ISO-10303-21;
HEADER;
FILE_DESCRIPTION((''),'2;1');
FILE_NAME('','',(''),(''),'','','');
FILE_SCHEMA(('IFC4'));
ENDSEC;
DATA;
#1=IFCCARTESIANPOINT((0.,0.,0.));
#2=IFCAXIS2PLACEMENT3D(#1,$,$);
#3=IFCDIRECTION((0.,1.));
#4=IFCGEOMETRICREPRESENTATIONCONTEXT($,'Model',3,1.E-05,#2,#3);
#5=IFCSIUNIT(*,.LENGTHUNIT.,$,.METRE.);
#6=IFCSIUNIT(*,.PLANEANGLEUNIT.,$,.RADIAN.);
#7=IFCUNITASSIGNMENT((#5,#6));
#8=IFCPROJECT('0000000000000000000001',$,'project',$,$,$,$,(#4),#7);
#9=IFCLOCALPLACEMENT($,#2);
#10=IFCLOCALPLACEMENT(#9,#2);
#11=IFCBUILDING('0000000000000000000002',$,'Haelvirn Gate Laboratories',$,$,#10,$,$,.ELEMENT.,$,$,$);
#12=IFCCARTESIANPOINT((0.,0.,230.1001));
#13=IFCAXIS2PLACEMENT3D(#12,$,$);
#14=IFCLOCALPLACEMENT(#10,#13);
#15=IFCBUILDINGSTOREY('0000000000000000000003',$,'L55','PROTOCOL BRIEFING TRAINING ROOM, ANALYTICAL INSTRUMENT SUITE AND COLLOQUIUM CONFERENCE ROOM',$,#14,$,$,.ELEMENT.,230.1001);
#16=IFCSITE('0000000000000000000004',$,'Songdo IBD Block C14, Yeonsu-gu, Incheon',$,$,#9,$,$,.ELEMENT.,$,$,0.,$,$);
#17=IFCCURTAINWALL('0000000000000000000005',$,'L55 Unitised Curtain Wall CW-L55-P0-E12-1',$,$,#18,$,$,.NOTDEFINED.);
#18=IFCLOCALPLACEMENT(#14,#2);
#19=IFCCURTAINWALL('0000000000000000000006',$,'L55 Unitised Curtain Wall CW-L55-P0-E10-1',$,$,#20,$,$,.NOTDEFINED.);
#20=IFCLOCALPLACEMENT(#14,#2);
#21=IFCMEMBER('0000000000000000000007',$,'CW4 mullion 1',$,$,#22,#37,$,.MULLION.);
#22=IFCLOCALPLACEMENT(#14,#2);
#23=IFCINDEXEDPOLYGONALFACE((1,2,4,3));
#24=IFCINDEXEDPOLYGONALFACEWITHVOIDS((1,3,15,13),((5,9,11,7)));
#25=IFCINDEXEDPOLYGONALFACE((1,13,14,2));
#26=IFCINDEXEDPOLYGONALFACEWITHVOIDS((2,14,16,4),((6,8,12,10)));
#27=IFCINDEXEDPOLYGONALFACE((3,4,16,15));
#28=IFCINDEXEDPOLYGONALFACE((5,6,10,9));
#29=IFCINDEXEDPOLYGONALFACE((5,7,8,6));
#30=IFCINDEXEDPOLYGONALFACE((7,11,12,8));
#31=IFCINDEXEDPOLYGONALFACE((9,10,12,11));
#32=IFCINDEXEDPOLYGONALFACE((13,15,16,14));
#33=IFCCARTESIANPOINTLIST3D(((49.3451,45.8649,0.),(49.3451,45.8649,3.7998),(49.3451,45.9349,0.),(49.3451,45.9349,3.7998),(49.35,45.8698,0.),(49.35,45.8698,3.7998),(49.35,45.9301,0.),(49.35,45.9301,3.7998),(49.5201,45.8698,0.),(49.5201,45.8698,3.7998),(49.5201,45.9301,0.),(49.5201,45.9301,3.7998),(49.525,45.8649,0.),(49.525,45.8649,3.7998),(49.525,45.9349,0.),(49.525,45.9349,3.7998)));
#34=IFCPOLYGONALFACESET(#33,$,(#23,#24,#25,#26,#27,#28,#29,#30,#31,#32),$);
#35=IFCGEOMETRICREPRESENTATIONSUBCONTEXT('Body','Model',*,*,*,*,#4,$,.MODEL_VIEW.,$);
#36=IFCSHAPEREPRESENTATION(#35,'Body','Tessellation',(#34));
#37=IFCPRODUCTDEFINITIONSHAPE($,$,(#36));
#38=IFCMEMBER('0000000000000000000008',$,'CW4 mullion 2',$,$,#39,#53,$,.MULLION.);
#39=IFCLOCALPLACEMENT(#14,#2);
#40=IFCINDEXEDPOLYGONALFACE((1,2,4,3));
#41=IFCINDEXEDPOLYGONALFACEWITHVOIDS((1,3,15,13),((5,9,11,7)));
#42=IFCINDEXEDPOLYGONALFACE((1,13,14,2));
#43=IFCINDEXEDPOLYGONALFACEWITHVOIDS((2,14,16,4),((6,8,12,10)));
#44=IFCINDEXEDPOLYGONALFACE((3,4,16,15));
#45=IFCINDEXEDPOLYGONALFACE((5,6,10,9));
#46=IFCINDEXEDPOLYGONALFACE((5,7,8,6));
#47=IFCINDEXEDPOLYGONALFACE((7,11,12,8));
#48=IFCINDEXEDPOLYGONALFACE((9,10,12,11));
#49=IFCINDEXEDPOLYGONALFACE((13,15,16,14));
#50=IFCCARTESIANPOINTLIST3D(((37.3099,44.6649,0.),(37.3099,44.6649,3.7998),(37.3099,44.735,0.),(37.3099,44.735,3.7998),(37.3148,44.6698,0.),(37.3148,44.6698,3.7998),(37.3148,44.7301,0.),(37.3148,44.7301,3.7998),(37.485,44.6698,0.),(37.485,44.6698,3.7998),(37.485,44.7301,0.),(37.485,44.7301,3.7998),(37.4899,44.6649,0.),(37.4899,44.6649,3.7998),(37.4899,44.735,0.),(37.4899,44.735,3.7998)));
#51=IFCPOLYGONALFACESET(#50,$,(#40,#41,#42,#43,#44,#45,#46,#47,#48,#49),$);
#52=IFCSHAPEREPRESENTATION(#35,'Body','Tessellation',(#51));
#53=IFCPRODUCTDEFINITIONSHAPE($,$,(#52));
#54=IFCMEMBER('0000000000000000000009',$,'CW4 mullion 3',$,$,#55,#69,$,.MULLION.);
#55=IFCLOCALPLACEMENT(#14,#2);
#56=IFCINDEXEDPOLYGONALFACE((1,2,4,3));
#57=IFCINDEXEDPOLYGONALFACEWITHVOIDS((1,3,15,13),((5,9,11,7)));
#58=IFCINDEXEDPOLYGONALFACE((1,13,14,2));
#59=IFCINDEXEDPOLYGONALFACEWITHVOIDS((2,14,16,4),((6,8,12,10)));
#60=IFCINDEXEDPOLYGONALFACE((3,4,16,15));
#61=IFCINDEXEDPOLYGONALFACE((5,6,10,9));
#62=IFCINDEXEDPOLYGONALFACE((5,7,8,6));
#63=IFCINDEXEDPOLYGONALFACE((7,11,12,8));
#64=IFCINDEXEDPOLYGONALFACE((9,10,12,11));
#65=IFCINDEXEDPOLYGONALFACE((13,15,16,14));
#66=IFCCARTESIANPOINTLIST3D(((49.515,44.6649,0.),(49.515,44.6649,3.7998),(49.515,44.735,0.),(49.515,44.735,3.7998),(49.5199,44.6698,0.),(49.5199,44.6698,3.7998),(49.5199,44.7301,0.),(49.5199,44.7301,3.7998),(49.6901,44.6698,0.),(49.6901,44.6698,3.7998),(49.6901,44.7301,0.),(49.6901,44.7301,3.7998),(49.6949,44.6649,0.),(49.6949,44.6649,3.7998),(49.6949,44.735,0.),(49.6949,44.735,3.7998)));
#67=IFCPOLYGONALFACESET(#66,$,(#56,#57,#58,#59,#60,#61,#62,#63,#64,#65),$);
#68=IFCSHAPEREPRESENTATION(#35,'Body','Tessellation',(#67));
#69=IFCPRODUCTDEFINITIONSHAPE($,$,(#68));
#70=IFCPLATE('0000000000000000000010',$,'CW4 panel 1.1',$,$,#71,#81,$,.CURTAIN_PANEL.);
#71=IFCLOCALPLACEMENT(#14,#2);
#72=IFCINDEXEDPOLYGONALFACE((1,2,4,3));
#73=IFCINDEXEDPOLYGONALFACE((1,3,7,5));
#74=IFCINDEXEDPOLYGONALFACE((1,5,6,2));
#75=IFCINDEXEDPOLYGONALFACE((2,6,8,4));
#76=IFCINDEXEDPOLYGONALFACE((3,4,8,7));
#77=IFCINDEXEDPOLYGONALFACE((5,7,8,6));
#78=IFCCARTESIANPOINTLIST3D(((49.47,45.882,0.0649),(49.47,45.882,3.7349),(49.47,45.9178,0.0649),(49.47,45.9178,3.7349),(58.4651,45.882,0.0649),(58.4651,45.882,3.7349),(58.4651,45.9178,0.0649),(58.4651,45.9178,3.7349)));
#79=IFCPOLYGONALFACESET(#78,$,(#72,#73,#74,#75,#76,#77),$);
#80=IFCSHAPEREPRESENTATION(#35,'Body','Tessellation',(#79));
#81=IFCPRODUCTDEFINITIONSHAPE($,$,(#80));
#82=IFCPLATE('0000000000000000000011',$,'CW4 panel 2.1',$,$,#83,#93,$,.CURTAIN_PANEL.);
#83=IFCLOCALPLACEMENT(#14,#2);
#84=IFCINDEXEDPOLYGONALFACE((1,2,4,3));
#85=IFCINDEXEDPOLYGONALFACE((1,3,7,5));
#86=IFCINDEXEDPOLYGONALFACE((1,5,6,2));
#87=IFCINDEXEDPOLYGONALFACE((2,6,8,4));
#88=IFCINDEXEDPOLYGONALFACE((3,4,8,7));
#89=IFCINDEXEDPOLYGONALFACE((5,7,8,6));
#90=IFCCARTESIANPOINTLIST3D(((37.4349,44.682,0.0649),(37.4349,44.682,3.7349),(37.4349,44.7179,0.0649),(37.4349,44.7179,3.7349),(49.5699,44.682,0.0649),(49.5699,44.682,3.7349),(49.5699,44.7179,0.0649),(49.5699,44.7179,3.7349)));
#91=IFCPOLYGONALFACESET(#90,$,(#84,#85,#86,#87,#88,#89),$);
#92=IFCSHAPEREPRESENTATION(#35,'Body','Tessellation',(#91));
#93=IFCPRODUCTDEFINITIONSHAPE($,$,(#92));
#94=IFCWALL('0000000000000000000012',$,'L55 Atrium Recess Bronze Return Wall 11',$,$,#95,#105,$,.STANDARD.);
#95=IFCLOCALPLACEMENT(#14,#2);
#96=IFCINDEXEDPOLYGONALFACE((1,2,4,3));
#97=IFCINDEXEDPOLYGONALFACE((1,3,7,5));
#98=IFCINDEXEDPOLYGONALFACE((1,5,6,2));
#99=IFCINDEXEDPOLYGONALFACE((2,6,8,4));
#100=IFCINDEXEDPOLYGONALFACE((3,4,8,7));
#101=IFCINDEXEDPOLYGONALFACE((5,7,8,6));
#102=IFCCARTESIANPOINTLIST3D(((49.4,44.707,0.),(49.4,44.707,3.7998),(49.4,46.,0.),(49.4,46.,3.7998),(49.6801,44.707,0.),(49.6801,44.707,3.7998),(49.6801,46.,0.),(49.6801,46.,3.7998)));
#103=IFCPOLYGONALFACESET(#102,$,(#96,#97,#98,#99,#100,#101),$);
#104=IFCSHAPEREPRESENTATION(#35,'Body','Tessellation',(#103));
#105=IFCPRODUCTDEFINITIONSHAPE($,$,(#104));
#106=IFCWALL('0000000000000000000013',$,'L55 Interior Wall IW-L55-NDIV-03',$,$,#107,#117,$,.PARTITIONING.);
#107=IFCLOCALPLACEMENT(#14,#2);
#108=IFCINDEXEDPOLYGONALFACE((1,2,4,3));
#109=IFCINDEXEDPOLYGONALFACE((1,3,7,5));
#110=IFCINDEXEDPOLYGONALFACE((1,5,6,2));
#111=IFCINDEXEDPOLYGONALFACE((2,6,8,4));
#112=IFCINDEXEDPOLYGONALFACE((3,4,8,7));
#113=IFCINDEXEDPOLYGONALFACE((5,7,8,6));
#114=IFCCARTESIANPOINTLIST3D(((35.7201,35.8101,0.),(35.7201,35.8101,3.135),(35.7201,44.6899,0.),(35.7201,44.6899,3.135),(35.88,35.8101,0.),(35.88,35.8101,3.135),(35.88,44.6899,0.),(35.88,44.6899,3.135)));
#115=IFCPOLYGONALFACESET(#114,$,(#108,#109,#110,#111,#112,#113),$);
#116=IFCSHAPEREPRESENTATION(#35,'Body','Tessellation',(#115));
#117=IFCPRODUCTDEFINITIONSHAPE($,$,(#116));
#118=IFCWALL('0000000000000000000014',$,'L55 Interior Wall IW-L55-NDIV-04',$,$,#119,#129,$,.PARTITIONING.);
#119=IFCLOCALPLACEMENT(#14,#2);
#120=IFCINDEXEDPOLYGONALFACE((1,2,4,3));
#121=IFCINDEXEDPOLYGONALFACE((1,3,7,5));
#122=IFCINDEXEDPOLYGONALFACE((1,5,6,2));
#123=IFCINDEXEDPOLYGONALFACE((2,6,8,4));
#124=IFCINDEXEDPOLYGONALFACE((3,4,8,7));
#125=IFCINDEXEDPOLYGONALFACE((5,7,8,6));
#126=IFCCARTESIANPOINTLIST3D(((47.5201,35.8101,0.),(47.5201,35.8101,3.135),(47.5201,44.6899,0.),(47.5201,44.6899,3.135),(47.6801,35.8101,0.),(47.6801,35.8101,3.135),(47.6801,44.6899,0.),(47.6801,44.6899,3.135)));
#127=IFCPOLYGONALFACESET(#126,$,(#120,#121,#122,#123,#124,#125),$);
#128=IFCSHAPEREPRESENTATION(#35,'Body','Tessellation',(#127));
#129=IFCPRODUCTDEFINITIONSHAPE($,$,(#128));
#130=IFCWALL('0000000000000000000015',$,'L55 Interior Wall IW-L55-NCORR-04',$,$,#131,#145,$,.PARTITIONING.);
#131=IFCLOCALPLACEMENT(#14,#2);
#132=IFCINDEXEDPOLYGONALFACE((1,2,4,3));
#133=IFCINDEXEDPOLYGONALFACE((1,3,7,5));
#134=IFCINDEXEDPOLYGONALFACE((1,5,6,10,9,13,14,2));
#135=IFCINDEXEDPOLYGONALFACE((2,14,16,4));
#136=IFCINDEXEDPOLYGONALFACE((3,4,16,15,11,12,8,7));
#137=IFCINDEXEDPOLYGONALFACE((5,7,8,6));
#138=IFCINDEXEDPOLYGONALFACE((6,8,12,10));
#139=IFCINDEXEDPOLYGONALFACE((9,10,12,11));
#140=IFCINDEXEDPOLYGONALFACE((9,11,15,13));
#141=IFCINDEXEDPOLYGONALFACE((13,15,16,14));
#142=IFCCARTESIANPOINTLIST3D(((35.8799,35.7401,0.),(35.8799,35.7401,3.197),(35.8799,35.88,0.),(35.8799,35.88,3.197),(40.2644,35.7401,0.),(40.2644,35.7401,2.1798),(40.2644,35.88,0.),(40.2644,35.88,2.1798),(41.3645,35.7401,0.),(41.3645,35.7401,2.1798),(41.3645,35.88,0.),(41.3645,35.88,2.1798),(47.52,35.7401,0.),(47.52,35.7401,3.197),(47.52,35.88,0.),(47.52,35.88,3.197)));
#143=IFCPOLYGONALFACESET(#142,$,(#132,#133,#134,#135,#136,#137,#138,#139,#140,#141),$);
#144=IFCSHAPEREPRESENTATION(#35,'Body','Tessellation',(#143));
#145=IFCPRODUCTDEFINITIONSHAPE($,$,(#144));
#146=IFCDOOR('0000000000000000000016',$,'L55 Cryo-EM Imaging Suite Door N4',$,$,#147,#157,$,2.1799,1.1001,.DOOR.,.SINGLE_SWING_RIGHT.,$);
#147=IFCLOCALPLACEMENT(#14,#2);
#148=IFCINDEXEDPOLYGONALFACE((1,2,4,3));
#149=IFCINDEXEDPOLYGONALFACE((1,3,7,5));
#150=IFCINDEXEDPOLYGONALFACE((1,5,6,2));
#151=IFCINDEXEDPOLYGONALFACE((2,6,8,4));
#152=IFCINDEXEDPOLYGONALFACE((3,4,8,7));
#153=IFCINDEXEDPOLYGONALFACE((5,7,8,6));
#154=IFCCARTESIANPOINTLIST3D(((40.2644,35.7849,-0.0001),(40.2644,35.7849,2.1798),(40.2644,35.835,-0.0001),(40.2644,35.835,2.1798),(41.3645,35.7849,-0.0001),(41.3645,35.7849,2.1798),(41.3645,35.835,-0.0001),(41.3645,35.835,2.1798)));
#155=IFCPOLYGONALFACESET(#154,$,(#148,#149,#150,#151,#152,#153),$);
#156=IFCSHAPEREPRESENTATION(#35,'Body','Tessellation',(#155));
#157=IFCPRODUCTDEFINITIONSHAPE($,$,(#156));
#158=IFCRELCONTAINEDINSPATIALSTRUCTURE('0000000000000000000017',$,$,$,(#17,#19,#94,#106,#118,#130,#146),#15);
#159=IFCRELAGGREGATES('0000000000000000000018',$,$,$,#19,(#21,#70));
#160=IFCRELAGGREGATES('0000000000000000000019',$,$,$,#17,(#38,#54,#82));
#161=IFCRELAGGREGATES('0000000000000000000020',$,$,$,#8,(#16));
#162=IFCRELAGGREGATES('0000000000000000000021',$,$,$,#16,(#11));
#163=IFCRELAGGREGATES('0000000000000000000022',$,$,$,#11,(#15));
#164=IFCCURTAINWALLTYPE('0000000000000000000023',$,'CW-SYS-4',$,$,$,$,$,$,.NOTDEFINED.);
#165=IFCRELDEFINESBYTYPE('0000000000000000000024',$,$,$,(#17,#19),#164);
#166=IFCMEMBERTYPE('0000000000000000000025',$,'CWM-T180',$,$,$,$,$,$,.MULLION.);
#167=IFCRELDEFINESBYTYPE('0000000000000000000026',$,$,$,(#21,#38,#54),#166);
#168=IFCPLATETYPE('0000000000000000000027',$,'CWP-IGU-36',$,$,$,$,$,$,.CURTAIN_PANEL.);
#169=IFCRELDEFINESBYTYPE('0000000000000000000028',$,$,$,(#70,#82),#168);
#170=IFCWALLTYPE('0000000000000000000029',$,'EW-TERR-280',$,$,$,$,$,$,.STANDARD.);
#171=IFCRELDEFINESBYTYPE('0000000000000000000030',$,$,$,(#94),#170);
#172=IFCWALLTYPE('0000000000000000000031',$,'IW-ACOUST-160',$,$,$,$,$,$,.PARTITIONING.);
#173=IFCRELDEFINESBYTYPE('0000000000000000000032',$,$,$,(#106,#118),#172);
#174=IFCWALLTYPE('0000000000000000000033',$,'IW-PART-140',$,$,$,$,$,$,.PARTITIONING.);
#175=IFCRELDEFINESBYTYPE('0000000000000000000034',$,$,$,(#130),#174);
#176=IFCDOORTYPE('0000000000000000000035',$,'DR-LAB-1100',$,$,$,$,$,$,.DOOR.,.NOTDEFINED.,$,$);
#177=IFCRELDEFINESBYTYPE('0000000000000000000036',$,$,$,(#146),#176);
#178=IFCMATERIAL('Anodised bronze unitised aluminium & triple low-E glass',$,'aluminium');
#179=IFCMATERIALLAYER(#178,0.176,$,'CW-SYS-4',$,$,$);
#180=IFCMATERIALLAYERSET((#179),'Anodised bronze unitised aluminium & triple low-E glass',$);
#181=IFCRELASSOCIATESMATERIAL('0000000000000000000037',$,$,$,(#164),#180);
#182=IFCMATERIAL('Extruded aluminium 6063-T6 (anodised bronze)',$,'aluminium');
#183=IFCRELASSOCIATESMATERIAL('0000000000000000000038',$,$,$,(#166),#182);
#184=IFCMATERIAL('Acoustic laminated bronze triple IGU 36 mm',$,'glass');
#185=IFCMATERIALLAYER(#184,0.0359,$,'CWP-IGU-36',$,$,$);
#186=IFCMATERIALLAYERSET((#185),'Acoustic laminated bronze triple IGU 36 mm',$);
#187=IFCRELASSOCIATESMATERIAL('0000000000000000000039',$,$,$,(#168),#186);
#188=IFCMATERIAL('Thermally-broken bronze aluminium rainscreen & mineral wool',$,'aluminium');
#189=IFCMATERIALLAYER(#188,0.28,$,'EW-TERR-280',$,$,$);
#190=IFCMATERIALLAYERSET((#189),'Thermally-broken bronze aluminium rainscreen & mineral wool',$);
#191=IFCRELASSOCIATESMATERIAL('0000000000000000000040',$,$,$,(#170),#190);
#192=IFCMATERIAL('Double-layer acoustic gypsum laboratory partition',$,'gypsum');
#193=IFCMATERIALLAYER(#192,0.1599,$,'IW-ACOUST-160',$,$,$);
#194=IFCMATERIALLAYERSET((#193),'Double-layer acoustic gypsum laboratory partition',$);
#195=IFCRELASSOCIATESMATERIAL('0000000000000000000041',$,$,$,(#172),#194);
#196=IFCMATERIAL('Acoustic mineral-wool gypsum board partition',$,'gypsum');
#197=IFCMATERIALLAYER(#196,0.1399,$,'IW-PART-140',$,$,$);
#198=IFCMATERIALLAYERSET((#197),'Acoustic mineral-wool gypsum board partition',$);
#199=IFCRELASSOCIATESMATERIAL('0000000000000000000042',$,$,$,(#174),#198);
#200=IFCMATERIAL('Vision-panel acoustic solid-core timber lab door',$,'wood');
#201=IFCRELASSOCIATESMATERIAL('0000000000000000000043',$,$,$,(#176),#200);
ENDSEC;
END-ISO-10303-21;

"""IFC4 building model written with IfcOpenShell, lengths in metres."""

from ifc_helpers import new_model, si_unit, direction, frame, frame_2d, origin, origin_2d, place, context, subcontext, project, spatial, rectangle, hollow_rectangle, extrude, source, transform, mapped, material, layer, layer_set, material_profile, profile_set, type_object, type_shapes, element, fill, aggregate, save


model = new_model("IFC4")

# Units and contexts
model_context = context("Model", 3, precision=1e-05, world=origin(), true_north=direction((0.0, 1.0)))
body_context = subcontext(model_context, "Body", "Model", "MODEL_VIEW")
ifc_project = project(units=[si_unit("LENGTHUNIT", "METRE"), si_unit("PLANEANGLEUNIT", "RADIAN")], contexts=[model_context])

# Site, building, storey
site_placement = place(None, origin())
site = spatial("IfcSite", under=ifc_project, at=site_placement, Name="Songdo IBD Block C14, Yeonsu-gu, Incheon", CompositionType="ELEMENT", RefElevation=0.0)
building_placement = place(site_placement, origin())
building = spatial("IfcBuilding", under=site, at=building_placement, Name="Haelvirn Gate Laboratories", CompositionType="ELEMENT")
storey_placement = place(building_placement, frame((0.0, 0.0, 230.1001)))
storey = spatial("IfcBuildingStorey", under=building, at=storey_placement, Name="L55", Description="PROTOCOL BRIEFING TRAINING ROOM, ANALYTICAL INSTRUMENT SUITE AND COLLOQUIUM CONFERENCE ROOM", CompositionType="ELEMENT", Elevation=230.1001)

# Curtain walls, member
ifc_material_1 = material(Name="Anodised bronze unitised aluminium & triple low-E glass", Category="aluminium")
ifc_layer_1 = layer(ifc_material_1, 0.176, Name="CW-SYS-4")
ifc_layer_set_1 = layer_set([ifc_layer_1], Name="Anodised bronze unitised aluminium & triple low-E glass")
curtain_wall_type = type_object("IfcCurtainWallType", Name="CW-SYS-4", PredefinedType="NOTDEFINED", material=ifc_layer_set_1)
curtain_wall_1_placement = place(storey_placement, origin())
curtain_wall_1 = element("IfcCurtainWall", 1, at=curtain_wall_1_placement, inside=storey, type_object=curtain_wall_type, Name="L55 Unitised Curtain Wall CW-L55-P0-E12-1", PredefinedType="NOTDEFINED")
ifc_material_2 = material(Name="Extruded aluminium 6063-T6 (anodised bronze)", Category="aluminium")
curtain_wall_2_placement = place(storey_placement, origin())
curtain_wall_2 = element("IfcCurtainWall", 2, at=curtain_wall_2_placement, inside=storey, type_object=curtain_wall_type, Name="L55 Unitised Curtain Wall CW-L55-P0-E10-1", PredefinedType="NOTDEFINED")
ifc_material_profile_1 = material_profile(ifc_material_2, hollow_rectangle(XDim=0.0701, YDim=0.1799, WallThickness=0.0049, at=origin_2d()), Name="CWM-180x70x5")
ifc_profile_set_1 = profile_set([ifc_material_profile_1], Name="Extruded aluminium 6063-T6 (anodised bronze)")
member_type_1 = type_object("IfcMemberType", Name="CWM-T180", PredefinedType="MULLION", material=ifc_profile_set_1)
shared_shape_1 = source(origin(), body_context, "Body", "SweptSolid", [
    extrude(hollow_rectangle(XDim=0.0701, YDim=0.1799, WallThickness=0.0049, at=origin_2d()), origin(), (0.0, 0.0, 1.0), 3.7998),
])
type_shapes(member_type_1, [shared_shape_1])
member_1_placement = place(storey_placement, frame((49.4351, 45.8999, 0.0), z_axis=(0.0, 0.0, 1.0), x_axis=(0.0, 1.0, 0.0)))
member_1 = element("IfcMember", 3, at=member_1_placement, type_object=member_type_1, Name="CW4 mullion 1", PredefinedType="MULLION", context=body_context, shape_type="MappedRepresentation", body=[
    mapped(shared_shape_1, transform((0.0, 0.0, 0.0), scale=1.0)),
])

# Members
member_2_placement = place(storey_placement, frame((37.3999, 44.7, 0.0), z_axis=(0.0, 0.0, 1.0), x_axis=(0.0, 1.0, 0.0)))
member_2 = element("IfcMember", 4, at=member_2_placement, type_object=member_type_1, Name="CW4 mullion 2", PredefinedType="MULLION", context=body_context, shape_type="MappedRepresentation", body=[
    mapped(shared_shape_1, transform((0.0, 0.0, 0.0), scale=1.0)),
])
member_3_placement = place(storey_placement, frame((49.605, 44.7, 0.0), z_axis=(0.0, 0.0, 1.0), x_axis=(0.0, 1.0, 0.0)))
member_3 = element("IfcMember", 5, at=member_3_placement, type_object=member_type_1, Name="CW4 mullion 3", PredefinedType="MULLION", context=body_context, shape_type="MappedRepresentation", body=[
    mapped(shared_shape_1, transform((0.0, 0.0, 0.0), scale=1.0)),
])

# Plates
ifc_material_3 = material(Name="Acoustic laminated bronze triple IGU 36 mm", Category="glass")
ifc_layer_2 = layer(ifc_material_3, 0.0359, Name="CWP-IGU-36")
ifc_layer_set_2 = layer_set([ifc_layer_2], Name="Acoustic laminated bronze triple IGU 36 mm")
plate_type = type_object("IfcPlateType", Name="CWP-IGU-36", PredefinedType="CURTAIN_PANEL", material=ifc_layer_set_2)
shared_shape_2 = source(origin(), body_context, "Body", "SweptSolid", [
    extrude(rectangle(XDim=8.9951, YDim=0.0359, at=origin_2d()), origin(), (0.0, 0.0, 1.0), 3.6699),
])
plate_1_placement = place(storey_placement, frame((53.9675, 45.8999, 0.0649), z_axis=(0.0, 0.0, 1.0), x_axis=(1.0, 0.0, 0.0)))
plate_1 = element("IfcPlate", 6, at=plate_1_placement, type_object=plate_type, Name="CW4 panel 1.1", PredefinedType="CURTAIN_PANEL", context=body_context, shape_type="MappedRepresentation", body=[
    mapped(shared_shape_2, transform((0.0, 0.0, 0.0), scale=1.0)),
])
aggregate(curtain_wall_2, [member_1, plate_1])
shared_shape_3 = source(origin(), body_context, "Body", "SweptSolid", [
    extrude(rectangle(XDim=12.135, YDim=0.0359, at=origin_2d()), origin(), (0.0, 0.0, 1.0), 3.6699),
])
type_shapes(plate_type, [shared_shape_2, shared_shape_3])
plate_2_placement = place(storey_placement, frame((43.5024, 44.7, 0.0649), z_axis=(0.0, 0.0, 1.0), x_axis=(1.0, 0.0, 0.0)))
plate_2 = element("IfcPlate", 7, at=plate_2_placement, type_object=plate_type, Name="CW4 panel 2.1", PredefinedType="CURTAIN_PANEL", context=body_context, shape_type="MappedRepresentation", body=[
    mapped(shared_shape_3, transform((0.0, 0.0, 0.0), scale=1.0)),
])
aggregate(curtain_wall_1, [member_2, member_3, plate_2])

# Walls
ifc_material_4 = material(Name="Thermally-broken bronze aluminium rainscreen & mineral wool", Category="aluminium")
ifc_layer_3 = layer(ifc_material_4, 0.28, Name="EW-TERR-280")
ifc_layer_set_3 = layer_set([ifc_layer_3], Name="Thermally-broken bronze aluminium rainscreen & mineral wool")
wall_type_1 = type_object("IfcWallType", Name="EW-TERR-280", PredefinedType="STANDARD", material=ifc_layer_set_3)
wall_1_placement = place(storey_placement, frame((49.54, 46.0, 0.0), z_axis=(0.0, 0.0, 1.0), x_axis=(0.0, -1.0, 0.0)))
element("IfcWall", 8, at=wall_1_placement, inside=storey, type_object=wall_type_1, Name="L55 Atrium Recess Bronze Return Wall 11", PredefinedType="STANDARD", context=body_context, shape_type="SweptSolid", body=[
    extrude(rectangle(XDim=1.293, YDim=0.28, at=frame_2d((0.6465, 0.0))), origin(), (0.0, 0.0, 1.0), 3.7998),
])
ifc_material_5 = material(Name="Double-layer acoustic gypsum laboratory partition", Category="gypsum")
ifc_layer_4 = layer(ifc_material_5, 0.1599, Name="IW-ACOUST-160")
ifc_layer_set_4 = layer_set([ifc_layer_4], Name="Double-layer acoustic gypsum laboratory partition")
wall_type_2 = type_object("IfcWallType", Name="IW-ACOUST-160", PredefinedType="PARTITIONING", material=ifc_layer_set_4)
for number, where, z_axis, x_axis, name in (
    (9, (35.8, 35.8101, 0.0), (0.0, 0.0, 1.0), (0.0, 1.0, 0.0), "L55 Interior Wall IW-L55-NDIV-03"),
    (10, (47.6001, 35.8101, 0.0), (0.0, 0.0, 1.0), (0.0, 1.0, 0.0), "L55 Interior Wall IW-L55-NDIV-04"),
):
    element("IfcWall", number, at=place(storey_placement, frame(where, z_axis=z_axis, x_axis=x_axis)), inside=storey, type_object=wall_type_2, Name=name, PredefinedType="PARTITIONING", context=body_context, shape_type="SweptSolid", body=[
        extrude(rectangle(XDim=8.8799, YDim=0.1599, at=frame_2d((4.4399, 0.0))), origin(), (0.0, 0.0, 1.0), 3.135),
    ])

# Wall, opening, door
ifc_material_6 = material(Name="Acoustic mineral-wool gypsum board partition", Category="gypsum")
ifc_layer_5 = layer(ifc_material_6, 0.1399, Name="IW-PART-140")
ifc_layer_set_5 = layer_set([ifc_layer_5], Name="Acoustic mineral-wool gypsum board partition")
wall_type_3 = type_object("IfcWallType", Name="IW-PART-140", PredefinedType="PARTITIONING", material=ifc_layer_set_5)
wall_2_placement = place(storey_placement, frame((35.8799, 35.8101, 0.0), z_axis=(0.0, 0.0, 1.0), x_axis=(1.0, 0.0, 0.0)))
wall_2 = element("IfcWall", 11, at=wall_2_placement, inside=storey, type_object=wall_type_3, Name="L55 Interior Wall IW-L55-NCORR-04", PredefinedType="PARTITIONING", context=body_context, shape_type="SweptSolid", body=[
    extrude(rectangle(XDim=11.6401, YDim=0.1399, at=frame_2d((5.8201, 0.0))), origin(), (0.0, 0.0, 1.0), 3.197),
])
opening_1_placement = place(wall_2_placement, frame((4.3845, 0.0, 0.0)))
opening_1 = element("IfcOpeningElement", 12, at=opening_1_placement, cuts=wall_2, PredefinedType="OPENING", context=body_context, shape_type="SweptSolid", body=[
    extrude(rectangle(XDim=1.1001, YDim=2.1799, at=frame_2d((0.55, 1.0898))), frame((0.0, 0.0801, 0.0), z_axis=(0.0, -1.0, 0.0), x_axis=(1.0, 0.0, 0.0)), (0.0, 0.0, 1.0), 0.1599),
])
ifc_material_7 = material(Name="Vision-panel acoustic solid-core timber lab door", Category="wood")
door_type = type_object("IfcDoorType", Name="DR-LAB-1100", OperationType="NOTDEFINED", PredefinedType="DOOR", material=ifc_material_7)
shared_shape_4 = source(origin(), body_context, "Body", "SweptSolid", [
    extrude(rectangle(XDim=1.1001, YDim=2.1799, at=frame_2d((0.55, 1.0898))), frame((0.0, 0.0249, 0.0), z_axis=(0.0, -1.0, 0.0), x_axis=(1.0, 0.0, 0.0)), (0.0, 0.0, 1.0), 0.05),
])
type_shapes(door_type, [shared_shape_4])
door_1_placement = place(opening_1_placement, origin())
door_1 = element("IfcDoor", 13, at=door_1_placement, inside=storey, type_object=door_type, Name="L55 Cryo-EM Imaging Suite Door N4", OperationType="SINGLE_SWING_RIGHT", OverallHeight=2.1799, OverallWidth=1.1001, PredefinedType="DOOR", context=body_context, shape_type="MappedRepresentation", body=[
    mapped(shared_shape_4, transform((0.0, 0.0, 0.0), scale=1.0)),
])
fill(opening_1, door_1)

save(model, "model.ifc")
